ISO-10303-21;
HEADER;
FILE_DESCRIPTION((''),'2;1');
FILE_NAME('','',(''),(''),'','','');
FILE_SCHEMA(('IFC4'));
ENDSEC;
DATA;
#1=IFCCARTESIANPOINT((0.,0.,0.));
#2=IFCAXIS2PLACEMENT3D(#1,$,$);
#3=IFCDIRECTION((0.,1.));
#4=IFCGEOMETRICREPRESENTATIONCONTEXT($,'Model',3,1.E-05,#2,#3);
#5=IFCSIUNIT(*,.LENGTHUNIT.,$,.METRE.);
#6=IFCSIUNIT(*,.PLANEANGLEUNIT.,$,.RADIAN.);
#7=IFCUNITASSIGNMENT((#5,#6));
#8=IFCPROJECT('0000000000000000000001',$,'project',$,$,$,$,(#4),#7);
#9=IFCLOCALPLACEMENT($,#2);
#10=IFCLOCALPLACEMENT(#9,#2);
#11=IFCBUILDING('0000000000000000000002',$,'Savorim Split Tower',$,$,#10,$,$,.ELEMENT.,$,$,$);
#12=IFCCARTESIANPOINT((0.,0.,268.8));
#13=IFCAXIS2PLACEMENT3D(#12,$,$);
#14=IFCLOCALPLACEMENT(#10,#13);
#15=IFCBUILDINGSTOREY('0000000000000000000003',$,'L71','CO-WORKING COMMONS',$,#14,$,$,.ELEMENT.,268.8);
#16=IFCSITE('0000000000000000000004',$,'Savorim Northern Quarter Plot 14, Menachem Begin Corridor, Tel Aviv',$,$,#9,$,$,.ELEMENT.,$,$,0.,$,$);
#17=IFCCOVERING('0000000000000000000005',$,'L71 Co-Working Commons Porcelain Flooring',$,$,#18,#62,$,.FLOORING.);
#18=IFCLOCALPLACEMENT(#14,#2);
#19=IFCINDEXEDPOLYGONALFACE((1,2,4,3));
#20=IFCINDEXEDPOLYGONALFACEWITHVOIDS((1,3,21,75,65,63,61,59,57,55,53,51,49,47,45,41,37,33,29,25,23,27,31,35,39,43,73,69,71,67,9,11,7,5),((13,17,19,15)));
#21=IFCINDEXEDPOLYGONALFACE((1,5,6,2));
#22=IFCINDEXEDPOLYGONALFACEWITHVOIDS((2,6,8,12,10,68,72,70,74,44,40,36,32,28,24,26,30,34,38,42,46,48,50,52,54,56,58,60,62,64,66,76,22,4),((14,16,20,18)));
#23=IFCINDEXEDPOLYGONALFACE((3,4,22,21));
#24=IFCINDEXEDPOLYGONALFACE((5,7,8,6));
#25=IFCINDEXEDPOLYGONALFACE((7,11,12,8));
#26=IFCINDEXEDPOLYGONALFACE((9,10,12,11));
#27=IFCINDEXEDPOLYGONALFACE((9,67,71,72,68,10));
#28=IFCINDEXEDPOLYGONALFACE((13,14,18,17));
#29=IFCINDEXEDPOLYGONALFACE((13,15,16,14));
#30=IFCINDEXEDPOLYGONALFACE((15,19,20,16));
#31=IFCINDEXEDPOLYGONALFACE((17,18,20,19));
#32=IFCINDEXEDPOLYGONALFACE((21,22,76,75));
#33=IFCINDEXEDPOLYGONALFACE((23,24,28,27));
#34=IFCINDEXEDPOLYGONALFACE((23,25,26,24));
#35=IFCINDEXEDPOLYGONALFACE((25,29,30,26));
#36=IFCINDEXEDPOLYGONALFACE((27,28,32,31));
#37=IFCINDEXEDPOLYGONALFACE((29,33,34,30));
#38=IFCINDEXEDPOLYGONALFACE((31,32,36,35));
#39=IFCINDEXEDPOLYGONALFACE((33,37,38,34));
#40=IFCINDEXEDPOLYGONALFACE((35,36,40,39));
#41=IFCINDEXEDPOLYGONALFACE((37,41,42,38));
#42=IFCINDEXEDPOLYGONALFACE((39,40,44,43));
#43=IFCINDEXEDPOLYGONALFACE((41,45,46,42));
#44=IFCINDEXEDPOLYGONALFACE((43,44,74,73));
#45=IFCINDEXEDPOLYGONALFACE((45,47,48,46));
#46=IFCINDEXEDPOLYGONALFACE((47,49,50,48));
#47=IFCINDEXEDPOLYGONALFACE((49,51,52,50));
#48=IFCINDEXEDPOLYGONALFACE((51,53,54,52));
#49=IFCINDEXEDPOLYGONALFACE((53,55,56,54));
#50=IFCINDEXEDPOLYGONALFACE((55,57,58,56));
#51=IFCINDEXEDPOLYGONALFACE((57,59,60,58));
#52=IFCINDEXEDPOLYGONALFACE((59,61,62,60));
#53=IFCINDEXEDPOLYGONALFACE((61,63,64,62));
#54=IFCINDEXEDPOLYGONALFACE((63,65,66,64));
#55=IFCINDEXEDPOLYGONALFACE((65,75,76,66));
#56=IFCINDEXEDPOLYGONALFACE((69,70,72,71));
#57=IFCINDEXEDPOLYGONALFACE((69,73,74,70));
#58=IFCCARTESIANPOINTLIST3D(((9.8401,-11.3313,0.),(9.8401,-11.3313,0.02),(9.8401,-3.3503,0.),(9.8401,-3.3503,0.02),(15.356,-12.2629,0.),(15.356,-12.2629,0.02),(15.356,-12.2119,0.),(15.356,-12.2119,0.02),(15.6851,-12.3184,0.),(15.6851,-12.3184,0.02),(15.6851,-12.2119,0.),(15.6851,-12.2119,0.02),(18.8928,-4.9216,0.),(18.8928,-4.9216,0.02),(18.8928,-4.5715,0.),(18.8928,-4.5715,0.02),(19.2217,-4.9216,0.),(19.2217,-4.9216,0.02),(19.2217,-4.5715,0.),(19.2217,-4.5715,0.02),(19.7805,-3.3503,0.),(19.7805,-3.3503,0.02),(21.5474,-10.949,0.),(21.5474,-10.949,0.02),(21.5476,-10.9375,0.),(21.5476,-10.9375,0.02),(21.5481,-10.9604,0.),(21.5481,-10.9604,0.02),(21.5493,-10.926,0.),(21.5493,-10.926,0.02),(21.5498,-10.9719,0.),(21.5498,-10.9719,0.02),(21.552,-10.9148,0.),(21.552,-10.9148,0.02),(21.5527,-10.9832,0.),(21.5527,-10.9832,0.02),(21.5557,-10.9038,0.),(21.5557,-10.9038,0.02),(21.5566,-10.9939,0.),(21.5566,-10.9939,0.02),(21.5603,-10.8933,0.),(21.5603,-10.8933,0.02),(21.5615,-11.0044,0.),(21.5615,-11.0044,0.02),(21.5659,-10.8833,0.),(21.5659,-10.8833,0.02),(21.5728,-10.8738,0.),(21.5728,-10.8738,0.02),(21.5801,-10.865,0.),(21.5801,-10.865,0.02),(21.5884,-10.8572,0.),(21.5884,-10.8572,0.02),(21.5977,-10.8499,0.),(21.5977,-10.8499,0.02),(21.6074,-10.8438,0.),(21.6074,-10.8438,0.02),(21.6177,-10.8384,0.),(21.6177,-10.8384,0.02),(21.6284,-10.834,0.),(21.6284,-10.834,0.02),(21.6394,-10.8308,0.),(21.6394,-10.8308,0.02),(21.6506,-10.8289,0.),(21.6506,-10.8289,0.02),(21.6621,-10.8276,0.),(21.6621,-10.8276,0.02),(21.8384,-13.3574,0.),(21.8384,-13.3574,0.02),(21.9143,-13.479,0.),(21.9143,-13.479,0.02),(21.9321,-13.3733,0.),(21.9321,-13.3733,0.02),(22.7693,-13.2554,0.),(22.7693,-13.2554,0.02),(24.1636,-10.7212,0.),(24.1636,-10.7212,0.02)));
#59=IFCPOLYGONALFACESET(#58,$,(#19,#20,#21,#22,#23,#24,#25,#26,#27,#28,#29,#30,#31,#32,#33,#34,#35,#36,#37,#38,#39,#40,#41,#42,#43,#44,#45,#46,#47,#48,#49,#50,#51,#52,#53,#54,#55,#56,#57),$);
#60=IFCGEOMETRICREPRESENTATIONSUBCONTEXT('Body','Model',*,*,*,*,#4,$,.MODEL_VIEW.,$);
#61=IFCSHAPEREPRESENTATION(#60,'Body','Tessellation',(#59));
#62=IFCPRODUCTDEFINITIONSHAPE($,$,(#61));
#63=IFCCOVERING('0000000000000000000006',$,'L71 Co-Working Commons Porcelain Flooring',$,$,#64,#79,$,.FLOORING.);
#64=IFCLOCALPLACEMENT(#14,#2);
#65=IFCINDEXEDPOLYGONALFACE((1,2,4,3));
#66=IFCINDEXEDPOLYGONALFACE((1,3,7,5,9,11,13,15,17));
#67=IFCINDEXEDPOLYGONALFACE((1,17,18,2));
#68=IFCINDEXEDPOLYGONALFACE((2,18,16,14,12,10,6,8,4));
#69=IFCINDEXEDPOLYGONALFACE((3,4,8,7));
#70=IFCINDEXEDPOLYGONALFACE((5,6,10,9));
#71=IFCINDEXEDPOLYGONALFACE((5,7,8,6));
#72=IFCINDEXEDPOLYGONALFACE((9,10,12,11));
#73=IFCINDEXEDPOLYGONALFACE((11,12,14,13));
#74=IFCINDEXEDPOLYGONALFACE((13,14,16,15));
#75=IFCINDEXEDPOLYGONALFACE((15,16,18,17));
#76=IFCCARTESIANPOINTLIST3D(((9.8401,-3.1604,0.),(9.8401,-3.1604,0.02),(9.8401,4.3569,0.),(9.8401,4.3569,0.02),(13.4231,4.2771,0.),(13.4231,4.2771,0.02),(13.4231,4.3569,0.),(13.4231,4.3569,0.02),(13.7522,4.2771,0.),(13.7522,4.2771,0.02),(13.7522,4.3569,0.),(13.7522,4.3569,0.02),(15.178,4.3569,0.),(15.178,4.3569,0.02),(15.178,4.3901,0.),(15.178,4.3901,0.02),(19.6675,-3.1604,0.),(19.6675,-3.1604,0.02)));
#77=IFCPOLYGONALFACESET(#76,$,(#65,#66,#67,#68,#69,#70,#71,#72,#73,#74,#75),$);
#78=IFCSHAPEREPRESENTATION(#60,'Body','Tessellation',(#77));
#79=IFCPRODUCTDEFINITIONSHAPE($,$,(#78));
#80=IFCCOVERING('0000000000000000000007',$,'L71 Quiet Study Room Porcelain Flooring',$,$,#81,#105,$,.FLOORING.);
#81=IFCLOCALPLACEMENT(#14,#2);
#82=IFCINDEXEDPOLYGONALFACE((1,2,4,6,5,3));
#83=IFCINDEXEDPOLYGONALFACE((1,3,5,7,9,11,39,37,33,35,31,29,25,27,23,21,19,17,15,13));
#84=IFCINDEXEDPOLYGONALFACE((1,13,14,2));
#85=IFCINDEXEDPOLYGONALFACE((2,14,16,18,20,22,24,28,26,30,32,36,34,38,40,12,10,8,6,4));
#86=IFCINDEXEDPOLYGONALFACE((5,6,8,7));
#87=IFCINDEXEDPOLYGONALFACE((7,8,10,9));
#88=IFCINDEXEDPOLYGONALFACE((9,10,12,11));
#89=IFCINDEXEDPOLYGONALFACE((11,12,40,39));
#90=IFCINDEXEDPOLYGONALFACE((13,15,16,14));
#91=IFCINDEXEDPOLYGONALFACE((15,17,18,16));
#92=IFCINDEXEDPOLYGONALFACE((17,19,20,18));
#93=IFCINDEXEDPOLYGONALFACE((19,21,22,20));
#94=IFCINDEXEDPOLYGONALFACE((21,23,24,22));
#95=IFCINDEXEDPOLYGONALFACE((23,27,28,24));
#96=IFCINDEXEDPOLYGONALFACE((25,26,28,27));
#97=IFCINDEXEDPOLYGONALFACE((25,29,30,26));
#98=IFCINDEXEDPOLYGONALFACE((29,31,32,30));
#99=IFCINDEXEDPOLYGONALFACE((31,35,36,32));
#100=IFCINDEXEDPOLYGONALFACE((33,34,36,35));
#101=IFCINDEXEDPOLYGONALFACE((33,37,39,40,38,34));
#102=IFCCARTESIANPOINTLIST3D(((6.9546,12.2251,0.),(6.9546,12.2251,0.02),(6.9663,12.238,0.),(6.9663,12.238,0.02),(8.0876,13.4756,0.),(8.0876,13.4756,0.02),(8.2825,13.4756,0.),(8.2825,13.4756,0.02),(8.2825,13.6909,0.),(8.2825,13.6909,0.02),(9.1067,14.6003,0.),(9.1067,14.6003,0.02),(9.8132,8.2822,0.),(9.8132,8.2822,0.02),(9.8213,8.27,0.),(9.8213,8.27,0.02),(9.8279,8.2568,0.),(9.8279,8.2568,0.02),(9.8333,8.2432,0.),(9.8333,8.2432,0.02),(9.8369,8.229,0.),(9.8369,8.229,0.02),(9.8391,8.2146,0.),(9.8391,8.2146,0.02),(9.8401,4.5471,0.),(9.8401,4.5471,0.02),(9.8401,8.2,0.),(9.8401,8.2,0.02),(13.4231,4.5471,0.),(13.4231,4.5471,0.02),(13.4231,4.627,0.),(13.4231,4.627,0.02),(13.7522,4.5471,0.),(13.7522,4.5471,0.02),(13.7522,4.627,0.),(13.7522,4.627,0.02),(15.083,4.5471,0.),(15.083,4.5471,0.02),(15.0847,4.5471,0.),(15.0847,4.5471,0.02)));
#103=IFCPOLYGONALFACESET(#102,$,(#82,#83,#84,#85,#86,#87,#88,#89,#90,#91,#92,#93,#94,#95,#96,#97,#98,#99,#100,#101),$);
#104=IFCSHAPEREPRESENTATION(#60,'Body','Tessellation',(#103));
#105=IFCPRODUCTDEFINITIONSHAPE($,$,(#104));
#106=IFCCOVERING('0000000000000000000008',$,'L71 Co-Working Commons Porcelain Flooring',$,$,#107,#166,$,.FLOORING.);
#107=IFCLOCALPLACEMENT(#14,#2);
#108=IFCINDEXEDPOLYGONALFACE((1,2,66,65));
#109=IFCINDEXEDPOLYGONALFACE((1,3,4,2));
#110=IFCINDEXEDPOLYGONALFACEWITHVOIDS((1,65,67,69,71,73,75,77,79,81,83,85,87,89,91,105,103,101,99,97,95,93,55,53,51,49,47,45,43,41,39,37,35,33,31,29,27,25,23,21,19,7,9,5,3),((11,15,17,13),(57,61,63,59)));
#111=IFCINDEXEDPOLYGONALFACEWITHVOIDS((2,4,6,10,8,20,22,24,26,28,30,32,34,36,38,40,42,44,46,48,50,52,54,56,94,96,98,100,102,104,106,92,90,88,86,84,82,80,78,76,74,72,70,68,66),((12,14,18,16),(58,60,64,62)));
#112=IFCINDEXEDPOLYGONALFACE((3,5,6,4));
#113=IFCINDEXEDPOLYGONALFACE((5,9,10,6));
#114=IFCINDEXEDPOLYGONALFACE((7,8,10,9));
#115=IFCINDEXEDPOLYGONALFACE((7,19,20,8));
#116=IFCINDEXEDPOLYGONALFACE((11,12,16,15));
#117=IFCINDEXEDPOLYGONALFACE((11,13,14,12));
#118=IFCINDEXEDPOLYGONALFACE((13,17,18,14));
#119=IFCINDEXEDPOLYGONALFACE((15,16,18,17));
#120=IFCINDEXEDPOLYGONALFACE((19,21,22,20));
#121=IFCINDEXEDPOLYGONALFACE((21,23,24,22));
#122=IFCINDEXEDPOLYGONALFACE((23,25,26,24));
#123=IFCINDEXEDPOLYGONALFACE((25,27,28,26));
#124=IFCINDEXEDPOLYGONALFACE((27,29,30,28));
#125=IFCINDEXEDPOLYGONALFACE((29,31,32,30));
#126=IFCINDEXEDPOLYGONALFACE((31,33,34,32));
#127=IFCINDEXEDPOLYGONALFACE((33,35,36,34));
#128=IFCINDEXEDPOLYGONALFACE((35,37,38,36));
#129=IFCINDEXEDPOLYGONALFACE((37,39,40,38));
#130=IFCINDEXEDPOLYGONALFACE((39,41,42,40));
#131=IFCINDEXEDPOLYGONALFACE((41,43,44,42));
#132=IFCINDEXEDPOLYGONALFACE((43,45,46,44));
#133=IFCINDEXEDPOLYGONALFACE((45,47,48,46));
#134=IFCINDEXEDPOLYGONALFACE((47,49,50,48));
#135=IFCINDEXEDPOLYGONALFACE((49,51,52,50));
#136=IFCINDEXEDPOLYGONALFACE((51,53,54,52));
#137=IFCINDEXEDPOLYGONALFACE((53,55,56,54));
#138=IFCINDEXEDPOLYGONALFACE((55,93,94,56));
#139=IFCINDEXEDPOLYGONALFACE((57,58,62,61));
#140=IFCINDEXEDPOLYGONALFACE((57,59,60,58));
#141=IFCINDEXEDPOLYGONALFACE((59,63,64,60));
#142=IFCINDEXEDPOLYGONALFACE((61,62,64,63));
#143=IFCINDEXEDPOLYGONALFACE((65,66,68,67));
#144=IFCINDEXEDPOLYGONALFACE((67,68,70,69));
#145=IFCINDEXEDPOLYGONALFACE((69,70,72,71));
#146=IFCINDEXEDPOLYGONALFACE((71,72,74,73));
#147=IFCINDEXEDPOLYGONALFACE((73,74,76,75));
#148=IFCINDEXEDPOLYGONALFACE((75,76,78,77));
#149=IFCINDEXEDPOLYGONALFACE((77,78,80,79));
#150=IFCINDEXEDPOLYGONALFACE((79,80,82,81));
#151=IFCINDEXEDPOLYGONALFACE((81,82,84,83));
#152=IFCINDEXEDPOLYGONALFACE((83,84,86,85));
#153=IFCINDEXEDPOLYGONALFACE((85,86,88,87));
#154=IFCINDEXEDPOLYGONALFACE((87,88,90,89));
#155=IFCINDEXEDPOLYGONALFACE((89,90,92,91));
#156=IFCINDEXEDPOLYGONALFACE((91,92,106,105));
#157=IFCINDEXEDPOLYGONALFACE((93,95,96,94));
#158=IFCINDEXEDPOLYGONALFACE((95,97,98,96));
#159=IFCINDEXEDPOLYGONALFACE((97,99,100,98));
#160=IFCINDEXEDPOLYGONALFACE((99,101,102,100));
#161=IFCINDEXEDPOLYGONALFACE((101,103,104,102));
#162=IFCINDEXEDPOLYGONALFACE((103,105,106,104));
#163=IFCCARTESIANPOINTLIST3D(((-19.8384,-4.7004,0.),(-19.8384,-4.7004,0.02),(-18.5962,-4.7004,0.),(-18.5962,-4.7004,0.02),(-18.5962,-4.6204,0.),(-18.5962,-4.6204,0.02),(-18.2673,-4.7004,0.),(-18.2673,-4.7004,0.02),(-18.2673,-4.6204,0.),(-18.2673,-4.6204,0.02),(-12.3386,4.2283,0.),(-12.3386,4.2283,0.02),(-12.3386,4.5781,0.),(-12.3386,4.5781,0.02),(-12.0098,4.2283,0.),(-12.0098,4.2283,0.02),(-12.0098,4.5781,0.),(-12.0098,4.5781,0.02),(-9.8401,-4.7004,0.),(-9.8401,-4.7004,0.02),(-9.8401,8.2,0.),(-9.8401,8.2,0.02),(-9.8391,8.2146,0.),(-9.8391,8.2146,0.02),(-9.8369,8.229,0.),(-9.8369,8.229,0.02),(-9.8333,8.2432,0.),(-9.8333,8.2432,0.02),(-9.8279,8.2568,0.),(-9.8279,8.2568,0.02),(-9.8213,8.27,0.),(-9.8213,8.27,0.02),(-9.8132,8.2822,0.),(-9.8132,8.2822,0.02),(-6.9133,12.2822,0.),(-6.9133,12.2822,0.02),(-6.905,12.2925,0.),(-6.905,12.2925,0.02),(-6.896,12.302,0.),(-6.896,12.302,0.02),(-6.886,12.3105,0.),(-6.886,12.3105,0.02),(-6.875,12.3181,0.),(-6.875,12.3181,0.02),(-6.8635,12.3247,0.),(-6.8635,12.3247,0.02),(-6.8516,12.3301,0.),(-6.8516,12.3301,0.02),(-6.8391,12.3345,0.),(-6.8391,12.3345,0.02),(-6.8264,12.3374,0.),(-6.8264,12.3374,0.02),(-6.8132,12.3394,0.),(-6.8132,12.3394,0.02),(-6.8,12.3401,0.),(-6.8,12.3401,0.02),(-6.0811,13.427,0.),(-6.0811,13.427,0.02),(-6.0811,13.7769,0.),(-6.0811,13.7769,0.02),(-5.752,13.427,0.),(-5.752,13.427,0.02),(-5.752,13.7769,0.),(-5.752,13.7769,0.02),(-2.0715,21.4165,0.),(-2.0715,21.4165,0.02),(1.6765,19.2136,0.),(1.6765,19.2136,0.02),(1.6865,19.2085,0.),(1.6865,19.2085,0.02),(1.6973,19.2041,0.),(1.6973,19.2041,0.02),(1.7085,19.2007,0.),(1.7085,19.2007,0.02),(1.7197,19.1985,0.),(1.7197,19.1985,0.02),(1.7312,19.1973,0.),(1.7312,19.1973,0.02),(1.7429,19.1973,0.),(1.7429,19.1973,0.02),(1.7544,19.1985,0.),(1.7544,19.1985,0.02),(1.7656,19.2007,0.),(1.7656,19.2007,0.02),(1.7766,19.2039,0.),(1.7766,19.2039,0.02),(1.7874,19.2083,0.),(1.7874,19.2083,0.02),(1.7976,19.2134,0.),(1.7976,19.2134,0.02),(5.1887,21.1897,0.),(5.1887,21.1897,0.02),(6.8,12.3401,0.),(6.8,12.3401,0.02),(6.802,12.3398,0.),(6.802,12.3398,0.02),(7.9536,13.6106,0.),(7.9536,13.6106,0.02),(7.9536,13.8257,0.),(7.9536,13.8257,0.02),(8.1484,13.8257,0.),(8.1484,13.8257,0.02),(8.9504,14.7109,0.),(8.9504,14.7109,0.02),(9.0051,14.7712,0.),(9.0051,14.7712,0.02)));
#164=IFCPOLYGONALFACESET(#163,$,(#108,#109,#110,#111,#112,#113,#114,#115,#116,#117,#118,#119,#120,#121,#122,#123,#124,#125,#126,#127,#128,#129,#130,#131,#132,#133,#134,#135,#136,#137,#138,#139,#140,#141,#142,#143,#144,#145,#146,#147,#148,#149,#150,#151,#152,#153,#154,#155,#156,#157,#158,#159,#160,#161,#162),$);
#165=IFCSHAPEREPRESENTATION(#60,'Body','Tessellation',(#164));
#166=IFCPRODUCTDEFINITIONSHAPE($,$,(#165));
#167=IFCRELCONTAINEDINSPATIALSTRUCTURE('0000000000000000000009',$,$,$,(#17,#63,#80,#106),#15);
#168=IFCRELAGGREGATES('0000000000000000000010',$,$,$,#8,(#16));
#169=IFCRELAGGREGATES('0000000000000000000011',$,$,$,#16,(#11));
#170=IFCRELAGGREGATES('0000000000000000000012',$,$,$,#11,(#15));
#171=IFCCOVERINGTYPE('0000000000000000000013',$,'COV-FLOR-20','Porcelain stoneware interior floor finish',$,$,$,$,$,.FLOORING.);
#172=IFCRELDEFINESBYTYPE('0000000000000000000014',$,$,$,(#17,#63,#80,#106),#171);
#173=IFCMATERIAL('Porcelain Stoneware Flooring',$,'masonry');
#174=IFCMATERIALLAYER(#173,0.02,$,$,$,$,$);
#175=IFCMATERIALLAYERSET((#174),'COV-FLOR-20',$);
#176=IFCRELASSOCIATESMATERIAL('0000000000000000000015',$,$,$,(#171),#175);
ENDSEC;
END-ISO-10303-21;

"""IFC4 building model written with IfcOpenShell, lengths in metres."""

from ifc_helpers import new_model, si_unit, direction, frame, origin, place, context, subcontext, project, spatial, polyline, outline, extrude, material, layer, layer_set, type_object, element, save


model = new_model("IFC4")

# Units and contexts
model_context = context("Model", 3, precision=1e-05, world=origin(), true_north=direction((0.0, 1.0)))
body_context = subcontext(model_context, "Body", "Model", "MODEL_VIEW")
ifc_project = project(units=[si_unit("LENGTHUNIT", "METRE"), si_unit("PLANEANGLEUNIT", "RADIAN")], contexts=[model_context])

# Site, building, storey
site_placement = place(None, origin())
site = spatial("IfcSite", under=ifc_project, at=site_placement, Name="Savorim Northern Quarter Plot 14, Menachem Begin Corridor, Tel Aviv", CompositionType="ELEMENT", RefElevation=0.0)
building_placement = place(site_placement, origin())
building = spatial("IfcBuilding", under=site, at=building_placement, Name="Savorim Split Tower", CompositionType="ELEMENT")
storey_placement = place(building_placement, frame((0.0, 0.0, 268.8)))
storey = spatial("IfcBuildingStorey", under=building, at=storey_placement, Name="L71", Description="CO-WORKING COMMONS", CompositionType="ELEMENT", Elevation=268.8)

# Coverings
ifc_material_1 = material(Name="Porcelain Stoneware Flooring", Category="masonry")
ifc_layer_1 = layer(ifc_material_1, 0.02)
ifc_layer_set_1 = layer_set([ifc_layer_1], Name="COV-FLOR-20")
covering_type_1 = type_object("IfcCoveringType", Name="COV-FLOR-20", Description="Porcelain stoneware interior floor finish", PredefinedType="FLOORING", material=ifc_layer_set_1)
covering_1_placement = place(storey_placement, origin())
element("IfcCovering", 1, at=covering_1_placement, inside=storey, type_object=covering_type_1, Name="L71 Co-Working Commons Porcelain Flooring", PredefinedType="FLOORING", context=body_context, shape_type="SweptSolid", body=[
    extrude(outline(polyline([(21.6394, -10.8308), (21.6506, -10.8289), (21.6621, -10.8276), (24.1636, -10.7212), (19.7805, -3.3503), (9.8401, -3.3503), (9.8401, -11.3313), (15.356, -12.2629), (15.356, -12.2119), (15.6851, -12.2119), (15.6851, -12.3184), (21.8384, -13.3574), (21.9321, -13.3733), (21.9143, -13.479), (22.7693, -13.2554), (21.5615, -11.0044), (21.5566, -10.9939), (21.5527, -10.9832), (21.5498, -10.9719), (21.5481, -10.9604), (21.5474, -10.949), (21.5476, -10.9375), (21.5493, -10.926), (21.552, -10.9148), (21.5557, -10.9038), (21.5603, -10.8933), (21.5659, -10.8833), (21.5728, -10.8738), (21.5801, -10.865), (21.5884, -10.8572), (21.5977, -10.8499), (21.6074, -10.8438), (21.6177, -10.8384), (21.6284, -10.834), (21.6394, -10.8308)]), holes=[polyline([(19.2217, -4.9216), (19.2217, -4.5715), (18.8928, -4.5715), (18.8928, -4.9216), (19.2217, -4.9216)])]), origin(), (0.0, 0.0, 1.0), 0.02),
])
covering_2_placement = place(storey_placement, origin())
element("IfcCovering", 2, at=covering_2_placement, inside=storey, type_object=covering_type_1, Name="L71 Co-Working Commons Porcelain Flooring", PredefinedType="FLOORING", context=body_context, shape_type="SweptSolid", body=[
    extrude(outline(polyline([(13.4231, 4.2771), (13.4231, 4.3569), (9.8401, 4.3569), (9.8401, -3.1604), (19.6675, -3.1604), (15.178, 4.3901), (15.178, 4.3569), (13.7522, 4.3569), (13.7522, 4.2771), (13.4231, 4.2771)])), origin(), (0.0, 0.0, 1.0), 0.02),
])
covering_3_placement = place(storey_placement, origin())
element("IfcCovering", 3, at=covering_3_placement, inside=storey, type_object=covering_type_1, Name="L71 Quiet Study Room Porcelain Flooring", PredefinedType="FLOORING", context=body_context, shape_type="SweptSolid", body=[
    extrude(outline(polyline([(13.7522, 4.627), (13.7522, 4.5471), (15.083, 4.5471), (15.0847, 4.5471), (9.1067, 14.6003), (8.2825, 13.6909), (8.2825, 13.4756), (8.0876, 13.4756), (6.9663, 12.238), (6.9546, 12.2251), (9.8132, 8.2822), (9.8213, 8.27), (9.8279, 8.2568), (9.8333, 8.2432), (9.8369, 8.229), (9.8391, 8.2146), (9.8401, 8.2), (9.8401, 4.5471), (13.4231, 4.5471), (13.4231, 4.627), (13.7522, 4.627)])), origin(), (0.0, 0.0, 1.0), 0.02),
])
covering_4_placement = place(storey_placement, origin())
element("IfcCovering", 4, at=covering_4_placement, inside=storey, type_object=covering_type_1, Name="L71 Co-Working Commons Porcelain Flooring", PredefinedType="FLOORING", context=body_context, shape_type="SweptSolid", body=[
    extrude(outline(polyline([(1.6973, 19.2041), (1.6865, 19.2085), (1.6765, 19.2136), (-2.0715, 21.4165), (-19.8384, -4.7004), (-18.5962, -4.7004), (-18.5962, -4.6204), (-18.2673, -4.6204), (-18.2673, -4.7004), (-9.8401, -4.7004), (-9.8401, 8.2), (-9.8391, 8.2146), (-9.8369, 8.229), (-9.8333, 8.2432), (-9.8279, 8.2568), (-9.8213, 8.27), (-9.8132, 8.2822), (-6.9133, 12.2822), (-6.905, 12.2925), (-6.896, 12.302), (-6.886, 12.3105), (-6.875, 12.3181), (-6.8635, 12.3247), (-6.8516, 12.3301), (-6.8391, 12.3345), (-6.8264, 12.3374), (-6.8132, 12.3394), (-6.8, 12.3401), (6.8, 12.3401), (6.802, 12.3398), (7.9536, 13.6106), (7.9536, 13.8257), (8.1484, 13.8257), (8.9504, 14.7109), (9.0051, 14.7712), (5.1887, 21.1897), (1.7976, 19.2134), (1.7874, 19.2083), (1.7766, 19.2039), (1.7656, 19.2007), (1.7544, 19.1985), (1.7429, 19.1973), (1.7312, 19.1973), (1.7197, 19.1985), (1.7085, 19.2007), (1.6973, 19.2041)]), holes=[polyline([(-5.752, 13.7769), (-6.0811, 13.7769), (-6.0811, 13.427), (-5.752, 13.427), (-5.752, 13.7769)]), polyline([(-12.3386, 4.5781), (-12.3386, 4.2283), (-12.0098, 4.2283), (-12.0098, 4.5781), (-12.3386, 4.5781)])]), origin(), (0.0, 0.0, 1.0), 0.02),
])

save(model, "model.ifc")
